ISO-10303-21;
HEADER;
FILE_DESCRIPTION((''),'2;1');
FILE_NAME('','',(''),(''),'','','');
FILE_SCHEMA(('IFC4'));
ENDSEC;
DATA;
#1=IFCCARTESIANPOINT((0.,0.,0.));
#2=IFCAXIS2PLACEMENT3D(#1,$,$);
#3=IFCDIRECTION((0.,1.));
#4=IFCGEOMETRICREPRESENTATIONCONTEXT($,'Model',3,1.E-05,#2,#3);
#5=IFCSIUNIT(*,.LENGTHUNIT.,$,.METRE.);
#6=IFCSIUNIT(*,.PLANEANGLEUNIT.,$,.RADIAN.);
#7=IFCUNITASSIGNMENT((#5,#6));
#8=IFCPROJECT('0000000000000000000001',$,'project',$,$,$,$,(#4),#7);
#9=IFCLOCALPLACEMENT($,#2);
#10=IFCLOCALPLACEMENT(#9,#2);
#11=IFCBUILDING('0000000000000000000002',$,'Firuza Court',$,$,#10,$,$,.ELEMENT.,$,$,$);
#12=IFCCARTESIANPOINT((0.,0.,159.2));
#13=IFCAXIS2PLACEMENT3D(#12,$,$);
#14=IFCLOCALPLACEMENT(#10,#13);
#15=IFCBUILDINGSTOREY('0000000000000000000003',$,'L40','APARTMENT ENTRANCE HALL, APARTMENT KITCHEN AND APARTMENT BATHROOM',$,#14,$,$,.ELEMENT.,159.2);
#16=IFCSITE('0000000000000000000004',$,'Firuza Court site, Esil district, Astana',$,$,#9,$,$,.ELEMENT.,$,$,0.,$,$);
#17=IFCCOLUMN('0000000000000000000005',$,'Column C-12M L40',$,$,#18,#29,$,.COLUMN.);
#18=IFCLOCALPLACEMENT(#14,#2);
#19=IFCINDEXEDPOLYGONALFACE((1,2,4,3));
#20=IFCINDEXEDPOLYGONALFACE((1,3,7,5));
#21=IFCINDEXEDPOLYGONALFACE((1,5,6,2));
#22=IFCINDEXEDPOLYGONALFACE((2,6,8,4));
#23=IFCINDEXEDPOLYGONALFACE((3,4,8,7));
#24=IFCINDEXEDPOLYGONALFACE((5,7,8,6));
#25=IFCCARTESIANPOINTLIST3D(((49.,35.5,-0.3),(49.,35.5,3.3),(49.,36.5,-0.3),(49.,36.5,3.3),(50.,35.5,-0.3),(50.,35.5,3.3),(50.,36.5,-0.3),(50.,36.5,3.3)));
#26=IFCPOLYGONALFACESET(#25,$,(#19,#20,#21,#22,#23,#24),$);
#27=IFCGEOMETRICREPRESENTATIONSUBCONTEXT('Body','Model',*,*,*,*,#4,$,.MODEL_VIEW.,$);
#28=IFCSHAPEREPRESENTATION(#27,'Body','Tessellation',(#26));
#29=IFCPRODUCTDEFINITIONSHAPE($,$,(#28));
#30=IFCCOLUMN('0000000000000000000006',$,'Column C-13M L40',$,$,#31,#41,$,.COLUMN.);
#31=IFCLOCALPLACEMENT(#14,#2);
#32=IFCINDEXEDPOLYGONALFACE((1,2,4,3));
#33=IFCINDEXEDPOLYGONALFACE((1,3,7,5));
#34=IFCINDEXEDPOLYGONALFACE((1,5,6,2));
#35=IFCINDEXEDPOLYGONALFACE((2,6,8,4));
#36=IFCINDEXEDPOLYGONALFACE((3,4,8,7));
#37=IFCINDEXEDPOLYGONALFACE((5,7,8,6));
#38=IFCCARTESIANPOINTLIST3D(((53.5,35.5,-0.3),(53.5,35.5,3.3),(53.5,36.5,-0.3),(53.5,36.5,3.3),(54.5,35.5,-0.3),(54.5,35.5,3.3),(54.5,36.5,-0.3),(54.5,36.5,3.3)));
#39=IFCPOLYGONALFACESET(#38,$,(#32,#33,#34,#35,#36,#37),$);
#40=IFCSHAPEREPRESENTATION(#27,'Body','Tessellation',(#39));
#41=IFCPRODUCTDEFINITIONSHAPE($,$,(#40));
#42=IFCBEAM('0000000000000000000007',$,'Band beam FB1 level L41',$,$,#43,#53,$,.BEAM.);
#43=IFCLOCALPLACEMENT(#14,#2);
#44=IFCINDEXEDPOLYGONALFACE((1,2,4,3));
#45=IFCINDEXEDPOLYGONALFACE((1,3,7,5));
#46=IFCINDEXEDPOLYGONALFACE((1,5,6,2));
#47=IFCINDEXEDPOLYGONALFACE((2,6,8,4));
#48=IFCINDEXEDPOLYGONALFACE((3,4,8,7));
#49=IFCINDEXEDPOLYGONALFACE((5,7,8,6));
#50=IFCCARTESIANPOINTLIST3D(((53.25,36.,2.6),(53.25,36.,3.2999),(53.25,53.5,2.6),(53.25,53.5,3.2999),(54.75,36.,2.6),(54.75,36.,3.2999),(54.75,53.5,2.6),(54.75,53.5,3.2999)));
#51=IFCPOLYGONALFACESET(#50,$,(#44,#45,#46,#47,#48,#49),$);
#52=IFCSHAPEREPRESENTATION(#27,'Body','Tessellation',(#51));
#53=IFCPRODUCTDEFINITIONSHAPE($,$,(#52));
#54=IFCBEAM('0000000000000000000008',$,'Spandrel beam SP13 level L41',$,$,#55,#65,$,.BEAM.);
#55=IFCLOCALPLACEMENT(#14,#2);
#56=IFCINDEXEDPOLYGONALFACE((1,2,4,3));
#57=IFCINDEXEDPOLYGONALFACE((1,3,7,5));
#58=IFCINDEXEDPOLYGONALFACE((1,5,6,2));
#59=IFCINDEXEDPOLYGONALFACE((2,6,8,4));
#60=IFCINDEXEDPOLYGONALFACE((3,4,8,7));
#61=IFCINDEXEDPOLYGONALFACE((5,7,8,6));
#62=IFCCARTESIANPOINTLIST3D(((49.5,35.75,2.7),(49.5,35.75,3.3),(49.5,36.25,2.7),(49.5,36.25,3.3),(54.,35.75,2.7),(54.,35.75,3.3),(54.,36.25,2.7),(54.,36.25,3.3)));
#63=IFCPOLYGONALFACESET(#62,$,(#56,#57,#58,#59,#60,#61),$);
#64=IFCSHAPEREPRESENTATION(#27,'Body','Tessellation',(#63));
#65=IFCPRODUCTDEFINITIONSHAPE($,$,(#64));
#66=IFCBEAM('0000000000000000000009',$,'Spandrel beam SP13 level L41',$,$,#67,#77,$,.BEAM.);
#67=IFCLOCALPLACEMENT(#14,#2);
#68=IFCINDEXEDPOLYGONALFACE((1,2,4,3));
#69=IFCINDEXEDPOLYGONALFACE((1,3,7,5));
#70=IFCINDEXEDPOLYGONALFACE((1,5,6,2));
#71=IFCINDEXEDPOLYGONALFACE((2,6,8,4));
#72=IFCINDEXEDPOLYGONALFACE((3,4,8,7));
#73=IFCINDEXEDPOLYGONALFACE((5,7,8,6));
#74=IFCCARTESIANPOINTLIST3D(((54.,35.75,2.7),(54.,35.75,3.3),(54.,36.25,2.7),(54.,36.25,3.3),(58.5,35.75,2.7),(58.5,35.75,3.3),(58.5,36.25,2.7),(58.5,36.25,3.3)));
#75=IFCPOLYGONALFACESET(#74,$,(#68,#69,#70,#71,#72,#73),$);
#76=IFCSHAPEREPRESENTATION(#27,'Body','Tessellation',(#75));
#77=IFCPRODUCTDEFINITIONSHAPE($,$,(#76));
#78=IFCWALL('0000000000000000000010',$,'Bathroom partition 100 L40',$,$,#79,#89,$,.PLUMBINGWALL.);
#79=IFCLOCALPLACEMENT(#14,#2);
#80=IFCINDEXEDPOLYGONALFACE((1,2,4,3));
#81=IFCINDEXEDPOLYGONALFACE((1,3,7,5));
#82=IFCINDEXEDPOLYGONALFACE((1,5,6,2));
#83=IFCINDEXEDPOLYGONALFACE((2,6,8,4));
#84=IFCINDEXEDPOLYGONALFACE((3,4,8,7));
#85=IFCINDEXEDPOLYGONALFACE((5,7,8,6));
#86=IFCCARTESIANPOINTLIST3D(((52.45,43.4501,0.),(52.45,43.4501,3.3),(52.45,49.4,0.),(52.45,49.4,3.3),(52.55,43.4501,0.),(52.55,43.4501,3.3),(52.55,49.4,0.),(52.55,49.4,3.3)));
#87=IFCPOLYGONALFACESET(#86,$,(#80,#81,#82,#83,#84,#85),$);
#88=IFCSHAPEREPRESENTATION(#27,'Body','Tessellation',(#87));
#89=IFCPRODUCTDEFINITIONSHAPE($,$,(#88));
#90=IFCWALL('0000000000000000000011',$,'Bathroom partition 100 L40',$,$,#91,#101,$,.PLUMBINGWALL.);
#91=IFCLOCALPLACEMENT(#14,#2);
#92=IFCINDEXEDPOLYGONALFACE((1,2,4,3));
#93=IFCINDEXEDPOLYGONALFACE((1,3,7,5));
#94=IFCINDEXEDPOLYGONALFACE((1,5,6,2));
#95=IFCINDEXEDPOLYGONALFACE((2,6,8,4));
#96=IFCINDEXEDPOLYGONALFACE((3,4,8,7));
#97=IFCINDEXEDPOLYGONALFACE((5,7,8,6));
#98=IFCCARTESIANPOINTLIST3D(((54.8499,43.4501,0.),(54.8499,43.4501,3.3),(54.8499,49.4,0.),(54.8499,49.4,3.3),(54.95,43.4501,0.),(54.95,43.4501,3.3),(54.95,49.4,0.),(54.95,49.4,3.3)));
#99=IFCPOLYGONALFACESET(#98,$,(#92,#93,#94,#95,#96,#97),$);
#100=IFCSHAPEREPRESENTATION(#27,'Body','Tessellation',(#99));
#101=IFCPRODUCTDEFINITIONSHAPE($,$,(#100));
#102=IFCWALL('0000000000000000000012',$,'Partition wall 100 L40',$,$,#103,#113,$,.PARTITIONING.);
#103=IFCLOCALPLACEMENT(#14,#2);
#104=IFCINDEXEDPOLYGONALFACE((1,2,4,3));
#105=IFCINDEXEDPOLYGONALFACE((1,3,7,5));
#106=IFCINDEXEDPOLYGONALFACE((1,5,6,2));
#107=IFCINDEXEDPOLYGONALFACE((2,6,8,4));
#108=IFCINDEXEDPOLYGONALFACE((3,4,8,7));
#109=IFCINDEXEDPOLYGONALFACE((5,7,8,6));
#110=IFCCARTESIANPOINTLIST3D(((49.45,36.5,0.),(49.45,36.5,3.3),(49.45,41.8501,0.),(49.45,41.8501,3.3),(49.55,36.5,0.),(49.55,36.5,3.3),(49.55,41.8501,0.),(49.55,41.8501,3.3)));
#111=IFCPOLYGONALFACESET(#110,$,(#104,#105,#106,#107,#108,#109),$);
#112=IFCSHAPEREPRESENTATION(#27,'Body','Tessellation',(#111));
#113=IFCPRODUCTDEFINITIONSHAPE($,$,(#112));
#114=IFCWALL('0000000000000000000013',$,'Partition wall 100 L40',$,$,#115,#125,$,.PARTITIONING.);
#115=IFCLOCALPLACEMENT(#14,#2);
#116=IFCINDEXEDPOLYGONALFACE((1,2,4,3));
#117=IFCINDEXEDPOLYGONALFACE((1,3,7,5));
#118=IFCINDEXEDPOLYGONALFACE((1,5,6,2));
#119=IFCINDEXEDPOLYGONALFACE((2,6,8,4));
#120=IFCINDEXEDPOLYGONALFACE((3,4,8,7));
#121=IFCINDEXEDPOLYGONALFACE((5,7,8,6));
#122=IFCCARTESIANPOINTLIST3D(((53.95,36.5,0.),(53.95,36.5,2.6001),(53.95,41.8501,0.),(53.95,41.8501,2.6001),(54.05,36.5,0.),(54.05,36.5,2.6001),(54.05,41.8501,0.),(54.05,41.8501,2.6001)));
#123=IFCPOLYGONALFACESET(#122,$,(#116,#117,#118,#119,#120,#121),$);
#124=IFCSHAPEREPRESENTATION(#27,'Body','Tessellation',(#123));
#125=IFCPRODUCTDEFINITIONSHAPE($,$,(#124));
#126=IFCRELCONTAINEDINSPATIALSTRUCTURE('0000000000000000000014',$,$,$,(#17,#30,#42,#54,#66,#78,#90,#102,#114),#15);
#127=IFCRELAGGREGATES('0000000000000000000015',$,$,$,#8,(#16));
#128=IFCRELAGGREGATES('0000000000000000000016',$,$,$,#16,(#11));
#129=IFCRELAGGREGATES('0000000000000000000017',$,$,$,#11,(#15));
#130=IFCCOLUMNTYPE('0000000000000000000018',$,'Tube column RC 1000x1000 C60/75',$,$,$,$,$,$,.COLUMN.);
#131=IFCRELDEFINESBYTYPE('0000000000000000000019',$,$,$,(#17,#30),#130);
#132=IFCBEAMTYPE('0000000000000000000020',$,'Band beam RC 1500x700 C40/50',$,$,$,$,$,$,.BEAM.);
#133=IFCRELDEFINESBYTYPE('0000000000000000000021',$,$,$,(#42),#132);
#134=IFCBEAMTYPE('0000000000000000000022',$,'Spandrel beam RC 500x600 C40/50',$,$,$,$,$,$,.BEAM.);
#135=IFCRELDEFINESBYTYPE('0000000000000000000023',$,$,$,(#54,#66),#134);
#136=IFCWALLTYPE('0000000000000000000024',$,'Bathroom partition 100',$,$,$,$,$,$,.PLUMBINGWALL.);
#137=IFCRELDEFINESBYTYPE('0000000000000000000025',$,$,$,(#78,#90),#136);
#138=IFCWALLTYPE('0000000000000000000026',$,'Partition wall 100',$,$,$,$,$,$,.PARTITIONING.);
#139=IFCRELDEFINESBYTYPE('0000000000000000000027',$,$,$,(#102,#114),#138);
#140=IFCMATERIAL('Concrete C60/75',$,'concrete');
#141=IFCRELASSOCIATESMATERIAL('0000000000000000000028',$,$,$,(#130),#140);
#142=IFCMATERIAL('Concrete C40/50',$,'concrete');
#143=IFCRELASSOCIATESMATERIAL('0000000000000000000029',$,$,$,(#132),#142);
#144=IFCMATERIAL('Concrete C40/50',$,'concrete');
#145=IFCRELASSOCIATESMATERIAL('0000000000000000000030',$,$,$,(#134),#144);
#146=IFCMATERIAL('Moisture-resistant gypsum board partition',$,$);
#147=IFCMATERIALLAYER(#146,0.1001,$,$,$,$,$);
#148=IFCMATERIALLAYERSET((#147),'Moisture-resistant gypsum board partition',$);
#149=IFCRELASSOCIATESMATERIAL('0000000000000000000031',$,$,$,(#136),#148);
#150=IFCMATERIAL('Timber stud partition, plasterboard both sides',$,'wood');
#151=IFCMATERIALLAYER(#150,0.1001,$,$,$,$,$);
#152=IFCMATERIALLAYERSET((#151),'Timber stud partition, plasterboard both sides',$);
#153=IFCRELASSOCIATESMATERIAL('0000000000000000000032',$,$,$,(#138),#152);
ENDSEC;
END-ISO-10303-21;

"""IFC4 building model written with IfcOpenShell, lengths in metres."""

from ifc_helpers import new_model, si_unit, direction, frame, frame_2d, origin, origin_2d, place, context, subcontext, project, spatial, rectangle, extrude, material, layer, layer_set, material_profile, profile_set, type_object, element, save


model = new_model("IFC4")

# Units and contexts
model_context = context("Model", 3, precision=1e-05, world=origin(), true_north=direction((0.0, 1.0)))
body_context = subcontext(model_context, "Body", "Model", "MODEL_VIEW")
ifc_project = project(units=[si_unit("LENGTHUNIT", "METRE"), si_unit("PLANEANGLEUNIT", "RADIAN")], contexts=[model_context])

# Site, building, storey
site_placement = place(None, origin())
site = spatial("IfcSite", under=ifc_project, at=site_placement, Name="Firuza Court site, Esil district, Astana", CompositionType="ELEMENT", RefElevation=0.0)
building_placement = place(site_placement, origin())
building = spatial("IfcBuilding", under=site, at=building_placement, Name="Firuza Court", CompositionType="ELEMENT")
storey_placement = place(building_placement, frame((0.0, 0.0, 159.2)))
storey = spatial("IfcBuildingStorey", under=building, at=storey_placement, Name="L40", Description="APARTMENT ENTRANCE HALL, APARTMENT KITCHEN AND APARTMENT BATHROOM", CompositionType="ELEMENT", Elevation=159.2)

# Columns
ifc_material_1 = material(Name="Concrete C60/75", Category="concrete")
ifc_material_profile_1 = material_profile(ifc_material_1, rectangle(XDim=1.0, YDim=1.0, at=origin_2d()), Name="RC 1000x1000")
ifc_profile_set_1 = profile_set([ifc_material_profile_1], Name="Concrete C60/75")
column_type = type_object("IfcColumnType", Name="Tube column RC 1000x1000 C60/75", PredefinedType="COLUMN", material=ifc_profile_set_1)
for number, where, z_axis, x_axis, name in (
    (1, (49.5, 36.0, -0.3), (0.0, 0.0, 1.0), (1.0, 0.0, 0.0), "Column C-12M L40"),
    (2, (54.0, 36.0, -0.3), (0.0, 0.0, 1.0), (1.0, 0.0, 0.0), "Column C-13M L40"),
):
    element("IfcColumn", number, at=place(storey_placement, frame(where, z_axis=z_axis, x_axis=x_axis)), inside=storey, type_object=column_type, Name=name, PredefinedType="COLUMN", context=body_context, shape_type="SweptSolid", body=[
        extrude(rectangle(XDim=1.0, YDim=1.0, at=origin_2d()), origin(), (0.0, 0.0, 1.0), 3.6001),
    ])

# Beams
ifc_material_2 = material(Name="Concrete C40/50", Category="concrete")
ifc_material_profile_2 = material_profile(ifc_material_2, rectangle(XDim=1.5, YDim=0.7, at=origin_2d()), Name="RC 1500x700")
ifc_profile_set_2 = profile_set([ifc_material_profile_2], Name="Concrete C40/50")
beam_type_1 = type_object("IfcBeamType", Name="Band beam RC 1500x700 C40/50", PredefinedType="BEAM", material=ifc_profile_set_2)
beam_placement = place(storey_placement, frame((54.0, 36.0, 2.95), z_axis=(0.0, 1.0, 0.0), x_axis=(-1.0, 0.0, 0.0)))
element("IfcBeam", 3, at=beam_placement, inside=storey, type_object=beam_type_1, Name="Band beam FB1 level L41", PredefinedType="BEAM", context=body_context, shape_type="SweptSolid", body=[
    extrude(rectangle(XDim=1.5, YDim=0.7, at=origin_2d()), origin(), (0.0, 0.0, 1.0), 17.5),
])
ifc_material_3 = material(Name="Concrete C40/50", Category="concrete")
ifc_material_profile_3 = material_profile(ifc_material_3, rectangle(XDim=0.5, YDim=0.6001, at=origin_2d()), Name="RC 500x600")
ifc_profile_set_3 = profile_set([ifc_material_profile_3], Name="Concrete C40/50")
beam_type_2 = type_object("IfcBeamType", Name="Spandrel beam RC 500x600 C40/50", PredefinedType="BEAM", material=ifc_profile_set_3)
for number, where, z_axis, x_axis, name in (
    (4, (49.5, 36.0, 3.0), (1.0, 0.0, 0.0), (0.0, 1.0, 0.0), "Spandrel beam SP13 level L41"),
    (5, (54.0, 36.0, 3.0), (1.0, 0.0, 0.0), (0.0, 1.0, 0.0), "Spandrel beam SP13 level L41"),
):
    element("IfcBeam", number, at=place(storey_placement, frame(where, z_axis=z_axis, x_axis=x_axis)), inside=storey, type_object=beam_type_2, Name=name, PredefinedType="BEAM", context=body_context, shape_type="SweptSolid", body=[
        extrude(rectangle(XDim=0.5, YDim=0.6001, at=origin_2d()), origin(), (0.0, 0.0, 1.0), 4.5),
    ])

# Walls
ifc_material_4 = material(Name="Moisture-resistant gypsum board partition")
ifc_layer_1 = layer(ifc_material_4, 0.1001)
ifc_layer_set_1 = layer_set([ifc_layer_1], Name="Moisture-resistant gypsum board partition")
wall_type_1 = type_object("IfcWallType", Name="Bathroom partition 100", PredefinedType="PLUMBINGWALL", material=ifc_layer_set_1)
for number, where, z_axis, x_axis, name in (
    (6, (52.5, 43.45, 0.0), (0.0, 0.0, 1.0), (0.0, 1.0, 0.0), "Bathroom partition 100 L40"),
    (7, (54.8999, 43.45, 0.0), (0.0, 0.0, 1.0), (0.0, 1.0, 0.0), "Bathroom partition 100 L40"),
):
    element("IfcWall", number, at=place(storey_placement, frame(where, z_axis=z_axis, x_axis=x_axis)), inside=storey, type_object=wall_type_1, Name=name, PredefinedType="PLUMBINGWALL", context=body_context, shape_type="SweptSolid", body=[
        extrude(rectangle(XDim=5.95, YDim=0.1001, at=frame_2d((2.9751, 0.0))), origin(), (0.0, 0.0, 1.0), 3.3),
    ])
ifc_material_5 = material(Name="Timber stud partition, plasterboard both sides", Category="wood")
ifc_layer_2 = layer(ifc_material_5, 0.1001)
ifc_layer_set_2 = layer_set([ifc_layer_2], Name="Timber stud partition, plasterboard both sides")
wall_type_2 = type_object("IfcWallType", Name="Partition wall 100", PredefinedType="PARTITIONING", material=ifc_layer_set_2)
wall_1_placement = place(storey_placement, frame((49.5, 36.5, 0.0), z_axis=(0.0, 0.0, 1.0), x_axis=(0.0, 1.0, 0.0)))
element("IfcWall", 8, at=wall_1_placement, inside=storey, type_object=wall_type_2, Name="Partition wall 100 L40", PredefinedType="PARTITIONING", context=body_context, shape_type="SweptSolid", body=[
    extrude(rectangle(XDim=5.3501, YDim=0.1001, at=frame_2d((2.675, 0.0))), origin(), (0.0, 0.0, 1.0), 3.3),
])
wall_2_placement = place(storey_placement, frame((54.0, 36.5, 0.0), z_axis=(0.0, 0.0, 1.0), x_axis=(0.0, 1.0, 0.0)))
element("IfcWall", 9, at=wall_2_placement, inside=storey, type_object=wall_type_2, Name="Partition wall 100 L40", PredefinedType="PARTITIONING", context=body_context, shape_type="SweptSolid", body=[
    extrude(rectangle(XDim=5.3501, YDim=0.1001, at=frame_2d((2.675, 0.0))), origin(), (0.0, 0.0, 1.0), 2.6001),
])

save(model, "model.ifc")
